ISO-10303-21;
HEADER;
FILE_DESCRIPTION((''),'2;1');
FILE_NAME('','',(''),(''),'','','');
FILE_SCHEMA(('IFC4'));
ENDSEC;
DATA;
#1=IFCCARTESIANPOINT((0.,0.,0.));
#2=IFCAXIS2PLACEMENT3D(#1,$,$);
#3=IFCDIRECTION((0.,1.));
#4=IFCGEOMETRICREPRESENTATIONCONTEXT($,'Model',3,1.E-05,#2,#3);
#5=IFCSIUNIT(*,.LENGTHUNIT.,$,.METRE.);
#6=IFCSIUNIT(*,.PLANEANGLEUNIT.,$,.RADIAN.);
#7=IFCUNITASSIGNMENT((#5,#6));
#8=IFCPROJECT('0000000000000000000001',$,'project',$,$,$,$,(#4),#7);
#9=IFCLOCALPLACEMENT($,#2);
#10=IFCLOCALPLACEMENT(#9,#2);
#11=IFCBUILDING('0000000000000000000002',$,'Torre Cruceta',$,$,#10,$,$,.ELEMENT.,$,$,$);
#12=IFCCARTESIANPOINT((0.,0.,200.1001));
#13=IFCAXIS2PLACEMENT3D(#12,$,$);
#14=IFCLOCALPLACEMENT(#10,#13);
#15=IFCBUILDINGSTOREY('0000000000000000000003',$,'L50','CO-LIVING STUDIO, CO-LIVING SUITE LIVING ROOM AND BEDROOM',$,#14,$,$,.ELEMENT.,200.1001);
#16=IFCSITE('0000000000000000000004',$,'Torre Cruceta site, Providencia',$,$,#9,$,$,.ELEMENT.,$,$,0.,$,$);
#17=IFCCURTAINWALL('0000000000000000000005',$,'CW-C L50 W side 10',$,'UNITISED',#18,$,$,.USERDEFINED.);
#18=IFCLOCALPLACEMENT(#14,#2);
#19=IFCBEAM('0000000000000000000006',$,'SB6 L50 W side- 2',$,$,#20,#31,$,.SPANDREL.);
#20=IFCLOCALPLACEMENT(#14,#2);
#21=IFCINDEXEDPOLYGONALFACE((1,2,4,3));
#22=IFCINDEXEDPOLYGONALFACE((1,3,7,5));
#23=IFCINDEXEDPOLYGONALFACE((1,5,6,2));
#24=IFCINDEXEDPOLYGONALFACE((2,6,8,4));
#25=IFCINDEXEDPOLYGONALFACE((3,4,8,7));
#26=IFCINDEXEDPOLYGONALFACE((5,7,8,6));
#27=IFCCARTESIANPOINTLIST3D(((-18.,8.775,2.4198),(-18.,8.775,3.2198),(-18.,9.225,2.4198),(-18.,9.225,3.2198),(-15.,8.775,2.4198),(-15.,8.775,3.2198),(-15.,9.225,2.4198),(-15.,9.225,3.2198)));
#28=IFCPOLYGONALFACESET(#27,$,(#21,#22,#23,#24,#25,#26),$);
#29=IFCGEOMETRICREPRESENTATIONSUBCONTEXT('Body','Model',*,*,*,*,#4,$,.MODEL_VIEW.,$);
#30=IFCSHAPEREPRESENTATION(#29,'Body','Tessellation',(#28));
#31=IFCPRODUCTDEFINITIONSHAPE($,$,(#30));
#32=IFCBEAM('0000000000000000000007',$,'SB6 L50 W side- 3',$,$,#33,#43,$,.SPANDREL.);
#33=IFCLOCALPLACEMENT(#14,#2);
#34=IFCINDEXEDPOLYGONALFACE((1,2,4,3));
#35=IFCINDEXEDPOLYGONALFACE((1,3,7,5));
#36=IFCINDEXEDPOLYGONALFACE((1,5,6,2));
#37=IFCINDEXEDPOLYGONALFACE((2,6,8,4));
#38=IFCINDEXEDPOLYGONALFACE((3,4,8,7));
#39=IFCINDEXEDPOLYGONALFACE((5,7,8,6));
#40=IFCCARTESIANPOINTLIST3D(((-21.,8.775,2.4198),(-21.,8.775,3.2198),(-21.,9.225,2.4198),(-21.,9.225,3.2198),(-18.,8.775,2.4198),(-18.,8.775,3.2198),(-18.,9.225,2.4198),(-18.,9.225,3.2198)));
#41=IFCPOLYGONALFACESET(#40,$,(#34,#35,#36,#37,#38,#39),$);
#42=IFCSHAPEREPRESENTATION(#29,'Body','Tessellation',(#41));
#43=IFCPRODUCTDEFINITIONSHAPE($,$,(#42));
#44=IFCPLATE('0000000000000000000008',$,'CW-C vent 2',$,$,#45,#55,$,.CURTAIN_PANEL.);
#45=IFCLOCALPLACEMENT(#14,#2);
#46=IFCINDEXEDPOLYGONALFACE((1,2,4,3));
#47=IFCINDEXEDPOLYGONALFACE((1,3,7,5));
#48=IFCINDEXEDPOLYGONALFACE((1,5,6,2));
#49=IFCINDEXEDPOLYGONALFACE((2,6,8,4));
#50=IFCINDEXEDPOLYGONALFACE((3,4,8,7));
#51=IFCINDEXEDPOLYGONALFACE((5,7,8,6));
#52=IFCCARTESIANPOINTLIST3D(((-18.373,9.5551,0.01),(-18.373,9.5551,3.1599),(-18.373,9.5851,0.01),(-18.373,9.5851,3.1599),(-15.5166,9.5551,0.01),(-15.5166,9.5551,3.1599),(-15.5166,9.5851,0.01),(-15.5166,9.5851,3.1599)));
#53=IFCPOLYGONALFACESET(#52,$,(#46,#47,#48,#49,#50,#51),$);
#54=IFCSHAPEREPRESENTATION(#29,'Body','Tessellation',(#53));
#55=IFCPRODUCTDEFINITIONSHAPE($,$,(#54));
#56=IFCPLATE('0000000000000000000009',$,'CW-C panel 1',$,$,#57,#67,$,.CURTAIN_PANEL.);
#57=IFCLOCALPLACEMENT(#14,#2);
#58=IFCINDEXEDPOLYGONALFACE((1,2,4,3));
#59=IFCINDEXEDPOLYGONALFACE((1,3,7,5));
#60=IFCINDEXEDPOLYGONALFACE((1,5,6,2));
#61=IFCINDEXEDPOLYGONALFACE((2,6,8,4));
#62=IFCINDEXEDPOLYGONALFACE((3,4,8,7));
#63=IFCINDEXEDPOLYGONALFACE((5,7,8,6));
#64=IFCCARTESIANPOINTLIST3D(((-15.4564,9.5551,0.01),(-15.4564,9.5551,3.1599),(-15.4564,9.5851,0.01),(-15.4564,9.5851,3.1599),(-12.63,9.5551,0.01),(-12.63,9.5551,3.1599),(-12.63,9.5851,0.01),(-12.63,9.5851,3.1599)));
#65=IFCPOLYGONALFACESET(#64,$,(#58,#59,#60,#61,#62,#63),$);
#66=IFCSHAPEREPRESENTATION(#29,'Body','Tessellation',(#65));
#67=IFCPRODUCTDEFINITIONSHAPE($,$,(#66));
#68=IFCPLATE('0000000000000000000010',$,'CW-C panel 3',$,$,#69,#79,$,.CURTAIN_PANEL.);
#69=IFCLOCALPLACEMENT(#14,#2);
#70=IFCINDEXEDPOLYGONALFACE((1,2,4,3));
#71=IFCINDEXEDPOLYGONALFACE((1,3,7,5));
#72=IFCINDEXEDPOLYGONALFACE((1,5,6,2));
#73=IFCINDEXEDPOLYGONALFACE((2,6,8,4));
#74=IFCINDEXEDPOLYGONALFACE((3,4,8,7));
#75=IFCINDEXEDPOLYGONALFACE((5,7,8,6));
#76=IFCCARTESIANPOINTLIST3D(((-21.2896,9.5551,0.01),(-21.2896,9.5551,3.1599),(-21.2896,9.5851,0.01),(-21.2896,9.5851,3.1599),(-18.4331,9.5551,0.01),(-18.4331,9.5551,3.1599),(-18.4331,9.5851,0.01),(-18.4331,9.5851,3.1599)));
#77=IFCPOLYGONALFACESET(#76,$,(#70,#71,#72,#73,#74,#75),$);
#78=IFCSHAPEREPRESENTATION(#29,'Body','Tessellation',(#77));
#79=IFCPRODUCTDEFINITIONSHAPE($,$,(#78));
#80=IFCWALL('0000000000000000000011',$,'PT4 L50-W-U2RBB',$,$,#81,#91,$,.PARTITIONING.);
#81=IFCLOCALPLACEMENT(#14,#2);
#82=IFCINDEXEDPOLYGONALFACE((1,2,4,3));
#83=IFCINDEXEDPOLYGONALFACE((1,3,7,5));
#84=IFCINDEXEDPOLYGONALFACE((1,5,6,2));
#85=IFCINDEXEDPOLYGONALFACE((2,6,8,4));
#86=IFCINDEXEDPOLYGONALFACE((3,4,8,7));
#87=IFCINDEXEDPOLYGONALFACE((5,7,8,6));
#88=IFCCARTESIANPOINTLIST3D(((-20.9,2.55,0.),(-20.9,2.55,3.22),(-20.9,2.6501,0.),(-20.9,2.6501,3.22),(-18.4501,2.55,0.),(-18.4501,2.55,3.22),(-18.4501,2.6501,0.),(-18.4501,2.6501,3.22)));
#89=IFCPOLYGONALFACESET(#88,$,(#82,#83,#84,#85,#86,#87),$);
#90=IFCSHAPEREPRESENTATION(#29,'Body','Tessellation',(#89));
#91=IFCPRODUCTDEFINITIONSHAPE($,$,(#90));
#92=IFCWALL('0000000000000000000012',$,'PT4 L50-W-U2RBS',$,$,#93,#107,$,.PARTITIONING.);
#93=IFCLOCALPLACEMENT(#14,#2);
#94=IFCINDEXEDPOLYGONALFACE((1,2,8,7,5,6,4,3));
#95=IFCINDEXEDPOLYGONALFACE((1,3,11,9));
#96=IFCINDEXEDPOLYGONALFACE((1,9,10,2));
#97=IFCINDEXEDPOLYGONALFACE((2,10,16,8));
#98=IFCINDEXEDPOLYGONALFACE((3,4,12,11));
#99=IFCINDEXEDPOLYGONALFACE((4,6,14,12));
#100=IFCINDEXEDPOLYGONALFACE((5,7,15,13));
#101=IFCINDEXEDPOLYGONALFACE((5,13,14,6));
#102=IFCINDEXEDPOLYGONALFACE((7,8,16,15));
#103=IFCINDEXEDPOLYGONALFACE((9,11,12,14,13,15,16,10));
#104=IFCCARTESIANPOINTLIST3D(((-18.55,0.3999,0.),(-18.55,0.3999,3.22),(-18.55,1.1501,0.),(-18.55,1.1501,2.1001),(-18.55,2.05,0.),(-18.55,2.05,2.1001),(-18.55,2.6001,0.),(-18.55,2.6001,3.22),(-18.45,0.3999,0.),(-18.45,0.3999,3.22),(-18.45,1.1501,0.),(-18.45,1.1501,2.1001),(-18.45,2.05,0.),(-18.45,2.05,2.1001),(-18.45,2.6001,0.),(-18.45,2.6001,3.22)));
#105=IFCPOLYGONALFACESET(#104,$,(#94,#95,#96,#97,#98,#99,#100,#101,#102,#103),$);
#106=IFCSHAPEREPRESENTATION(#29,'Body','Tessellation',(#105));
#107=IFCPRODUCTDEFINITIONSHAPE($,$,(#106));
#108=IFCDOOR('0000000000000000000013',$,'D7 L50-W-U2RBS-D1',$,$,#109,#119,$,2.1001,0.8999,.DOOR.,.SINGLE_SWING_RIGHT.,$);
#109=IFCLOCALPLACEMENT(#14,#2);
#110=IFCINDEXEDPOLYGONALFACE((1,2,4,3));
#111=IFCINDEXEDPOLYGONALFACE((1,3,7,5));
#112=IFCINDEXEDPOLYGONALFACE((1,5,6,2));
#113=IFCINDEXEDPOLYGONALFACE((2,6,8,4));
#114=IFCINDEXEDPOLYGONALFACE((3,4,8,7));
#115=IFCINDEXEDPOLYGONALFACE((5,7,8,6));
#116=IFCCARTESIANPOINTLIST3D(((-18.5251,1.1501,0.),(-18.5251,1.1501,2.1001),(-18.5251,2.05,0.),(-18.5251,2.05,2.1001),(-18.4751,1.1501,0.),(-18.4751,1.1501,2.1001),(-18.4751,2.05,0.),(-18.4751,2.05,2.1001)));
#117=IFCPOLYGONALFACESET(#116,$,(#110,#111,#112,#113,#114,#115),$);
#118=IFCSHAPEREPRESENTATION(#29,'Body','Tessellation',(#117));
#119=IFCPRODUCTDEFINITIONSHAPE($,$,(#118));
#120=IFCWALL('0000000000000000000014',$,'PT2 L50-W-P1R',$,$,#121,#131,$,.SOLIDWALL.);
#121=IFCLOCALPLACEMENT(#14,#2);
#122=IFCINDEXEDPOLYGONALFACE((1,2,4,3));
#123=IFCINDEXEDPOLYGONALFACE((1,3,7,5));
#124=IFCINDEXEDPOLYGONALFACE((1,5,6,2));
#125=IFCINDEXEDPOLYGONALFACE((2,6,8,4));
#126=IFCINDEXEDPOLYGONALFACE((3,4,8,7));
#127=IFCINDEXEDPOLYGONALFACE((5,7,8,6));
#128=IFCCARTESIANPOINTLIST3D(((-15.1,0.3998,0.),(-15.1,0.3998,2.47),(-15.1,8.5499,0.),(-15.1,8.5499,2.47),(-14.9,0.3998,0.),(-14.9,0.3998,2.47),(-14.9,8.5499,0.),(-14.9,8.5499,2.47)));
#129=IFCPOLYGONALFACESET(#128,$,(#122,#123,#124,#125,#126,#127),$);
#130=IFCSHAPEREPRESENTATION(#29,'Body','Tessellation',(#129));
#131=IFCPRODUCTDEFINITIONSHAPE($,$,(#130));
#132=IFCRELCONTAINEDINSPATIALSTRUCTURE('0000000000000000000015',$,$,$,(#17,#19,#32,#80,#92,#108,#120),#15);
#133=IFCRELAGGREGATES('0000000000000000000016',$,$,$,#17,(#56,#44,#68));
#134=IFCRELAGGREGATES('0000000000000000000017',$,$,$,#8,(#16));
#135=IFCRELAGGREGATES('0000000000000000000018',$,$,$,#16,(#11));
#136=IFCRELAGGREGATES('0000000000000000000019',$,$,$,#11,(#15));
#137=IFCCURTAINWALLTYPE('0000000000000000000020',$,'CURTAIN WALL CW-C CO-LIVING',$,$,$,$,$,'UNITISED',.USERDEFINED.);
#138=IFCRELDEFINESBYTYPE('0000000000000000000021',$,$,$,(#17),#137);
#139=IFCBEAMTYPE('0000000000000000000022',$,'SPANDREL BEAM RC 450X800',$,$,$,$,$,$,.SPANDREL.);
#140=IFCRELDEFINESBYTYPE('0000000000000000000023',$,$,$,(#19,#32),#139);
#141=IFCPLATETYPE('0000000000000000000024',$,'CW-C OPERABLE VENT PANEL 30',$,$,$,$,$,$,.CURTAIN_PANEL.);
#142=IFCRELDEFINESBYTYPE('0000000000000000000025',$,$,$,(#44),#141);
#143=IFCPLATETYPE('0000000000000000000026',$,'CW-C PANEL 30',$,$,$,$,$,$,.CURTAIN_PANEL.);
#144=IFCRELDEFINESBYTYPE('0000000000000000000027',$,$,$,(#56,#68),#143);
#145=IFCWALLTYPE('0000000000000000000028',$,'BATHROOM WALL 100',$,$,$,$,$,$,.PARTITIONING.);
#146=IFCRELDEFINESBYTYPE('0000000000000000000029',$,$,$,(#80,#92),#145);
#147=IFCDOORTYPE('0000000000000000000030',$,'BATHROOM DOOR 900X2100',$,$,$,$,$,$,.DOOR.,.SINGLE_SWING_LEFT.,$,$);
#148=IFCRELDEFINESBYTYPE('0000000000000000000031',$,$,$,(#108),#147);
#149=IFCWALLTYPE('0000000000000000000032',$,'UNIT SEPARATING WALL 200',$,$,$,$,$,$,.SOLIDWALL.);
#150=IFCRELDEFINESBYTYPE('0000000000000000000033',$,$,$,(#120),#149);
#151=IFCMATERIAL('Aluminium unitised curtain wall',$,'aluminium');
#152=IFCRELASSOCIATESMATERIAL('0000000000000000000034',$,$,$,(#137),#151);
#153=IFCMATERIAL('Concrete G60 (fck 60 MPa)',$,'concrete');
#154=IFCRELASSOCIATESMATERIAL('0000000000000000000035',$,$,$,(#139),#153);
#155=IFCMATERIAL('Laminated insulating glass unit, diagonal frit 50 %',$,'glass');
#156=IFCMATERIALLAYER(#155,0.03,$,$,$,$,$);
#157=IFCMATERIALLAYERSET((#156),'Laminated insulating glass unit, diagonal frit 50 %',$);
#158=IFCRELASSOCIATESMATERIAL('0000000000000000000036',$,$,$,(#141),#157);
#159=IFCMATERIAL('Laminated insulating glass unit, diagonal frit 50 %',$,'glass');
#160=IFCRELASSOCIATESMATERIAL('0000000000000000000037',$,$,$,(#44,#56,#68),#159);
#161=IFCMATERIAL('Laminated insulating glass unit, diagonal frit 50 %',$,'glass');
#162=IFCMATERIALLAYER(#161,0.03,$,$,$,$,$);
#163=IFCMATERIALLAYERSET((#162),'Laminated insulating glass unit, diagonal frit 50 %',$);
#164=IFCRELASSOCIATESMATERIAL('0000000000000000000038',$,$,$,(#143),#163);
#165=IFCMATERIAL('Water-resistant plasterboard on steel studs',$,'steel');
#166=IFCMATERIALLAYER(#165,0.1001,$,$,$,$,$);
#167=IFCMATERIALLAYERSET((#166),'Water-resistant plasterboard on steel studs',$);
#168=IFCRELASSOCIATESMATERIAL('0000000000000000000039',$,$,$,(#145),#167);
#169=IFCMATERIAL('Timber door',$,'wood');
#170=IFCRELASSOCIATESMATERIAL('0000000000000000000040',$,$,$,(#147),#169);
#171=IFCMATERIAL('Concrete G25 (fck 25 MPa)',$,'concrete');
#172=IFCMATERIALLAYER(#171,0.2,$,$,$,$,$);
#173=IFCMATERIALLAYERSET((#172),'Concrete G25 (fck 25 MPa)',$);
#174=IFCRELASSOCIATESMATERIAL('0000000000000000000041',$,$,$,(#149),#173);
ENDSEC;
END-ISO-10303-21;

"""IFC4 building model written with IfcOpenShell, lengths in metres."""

from ifc_helpers import new_model, si_unit, direction, frame, frame_2d, origin, origin_2d, place, context, subcontext, project, spatial, rectangle, extrude, material, layer, layer_set, material_profile, profile_set, type_object, element, fill, aggregate, save


model = new_model("IFC4")

# Units and contexts
model_context = context("Model", 3, precision=1e-05, world=origin(), true_north=direction((0.0, 1.0)))
body_context = subcontext(model_context, "Body", "Model", "MODEL_VIEW")
ifc_project = project(units=[si_unit("LENGTHUNIT", "METRE"), si_unit("PLANEANGLEUNIT", "RADIAN")], contexts=[model_context])

# Site, building, storey
site_placement = place(None, origin())
site = spatial("IfcSite", under=ifc_project, at=site_placement, Name="Torre Cruceta site, Providencia", CompositionType="ELEMENT", RefElevation=0.0)
building_placement = place(site_placement, origin())
building = spatial("IfcBuilding", under=site, at=building_placement, Name="Torre Cruceta", CompositionType="ELEMENT")
storey_placement = place(building_placement, frame((0.0, 0.0, 200.1001)))
storey = spatial("IfcBuildingStorey", under=building, at=storey_placement, Name="L50", Description="CO-LIVING STUDIO, CO-LIVING SUITE LIVING ROOM AND BEDROOM", CompositionType="ELEMENT", Elevation=200.1001)

# Curtain wall
ifc_material_1 = material(Name="Aluminium unitised curtain wall", Category="aluminium")
curtain_wall_type = type_object("IfcCurtainWallType", Name="CURTAIN WALL CW-C CO-LIVING", ElementType="UNITISED", PredefinedType="USERDEFINED", material=ifc_material_1)
curtain_wall_placement = place(storey_placement, origin())
curtain_wall = element("IfcCurtainWall", 1, at=curtain_wall_placement, inside=storey, type_object=curtain_wall_type, Name="CW-C L50 W side 10", ObjectType="UNITISED", PredefinedType="USERDEFINED")

# Beams
ifc_material_2 = material(Name="Concrete G60 (fck 60 MPa)", Category="concrete")
ifc_material_profile_1 = material_profile(ifc_material_2, rectangle(XDim=0.45, YDim=0.8, at=origin_2d()), Name="RC 450X800")
ifc_profile_set_1 = profile_set([ifc_material_profile_1], Name="Concrete G60 (fck 60 MPa)")
beam_type_1 = type_object("IfcBeamType", Name="SPANDREL BEAM RC 450X800", PredefinedType="SPANDREL", material=ifc_profile_set_1)
for number, where, z_axis, x_axis, name in (
    (2, (-15.0, 9.0, 2.8198), (-1.0, 0.0, 0.0), (0.0, -1.0, 0.0), "SB6 L50 W side- 2"),
    (3, (-18.0, 9.0, 2.8198), (-1.0, 0.0, 0.0), (0.0, -1.0, 0.0), "SB6 L50 W side- 3"),
):
    element("IfcBeam", number, at=place(storey_placement, frame(where, z_axis=z_axis, x_axis=x_axis)), inside=storey, type_object=beam_type_1, Name=name, PredefinedType="SPANDREL", context=body_context, shape_type="SweptSolid", body=[
        extrude(rectangle(XDim=0.45, YDim=0.8, at=origin_2d()), origin(), (0.0, 0.0, 1.0), 3.0),
    ])

# Plates
ifc_material_3 = material(Name="Laminated insulating glass unit, diagonal frit 50 %", Category="glass")
ifc_material_4 = material(Name="Laminated insulating glass unit, diagonal frit 50 %", Category="glass")
ifc_layer_1 = layer(ifc_material_4, 0.03)
ifc_layer_set_1 = layer_set([ifc_layer_1], Name="Laminated insulating glass unit, diagonal frit 50 %")
plate_type_1 = type_object("IfcPlateType", Name="CW-C OPERABLE VENT PANEL 30", PredefinedType="CURTAIN_PANEL", material=ifc_layer_set_1)
plate_1_placement = place(storey_placement, frame((-16.9448, 9.5701, 0.01), z_axis=(0.0, 0.0, 1.0), x_axis=(-1.0, 0.0, 0.0)))
plate_1 = element("IfcPlate", 4, at=plate_1_placement, type_object=plate_type_1, material=ifc_material_3, Name="CW-C vent 2", PredefinedType="CURTAIN_PANEL", context=body_context, shape_type="SweptSolid", body=[
    extrude(rectangle(XDim=2.8564, YDim=0.03, at=origin_2d()), origin(), (0.0, 0.0, 1.0), 3.1499),
])
ifc_material_5 = material(Name="Laminated insulating glass unit, diagonal frit 50 %", Category="glass")
ifc_layer_2 = layer(ifc_material_5, 0.03)
ifc_layer_set_2 = layer_set([ifc_layer_2], Name="Laminated insulating glass unit, diagonal frit 50 %")
plate_type_2 = type_object("IfcPlateType", Name="CW-C PANEL 30", PredefinedType="CURTAIN_PANEL", material=ifc_layer_set_2)
plate_2_placement = place(storey_placement, frame((-14.0432, 9.5701, 0.01), z_axis=(0.0, 0.0, 1.0), x_axis=(-1.0, 0.0, 0.0)))
plate_2 = element("IfcPlate", 5, at=plate_2_placement, type_object=plate_type_2, material=ifc_material_3, Name="CW-C panel 1", PredefinedType="CURTAIN_PANEL", context=body_context, shape_type="SweptSolid", body=[
    extrude(rectangle(XDim=2.8264, YDim=0.03, at=origin_2d()), origin(), (0.0, 0.0, 1.0), 3.1499),
])
plate_3_placement = place(storey_placement, frame((-19.8613, 9.5701, 0.01), z_axis=(0.0, 0.0, 1.0), x_axis=(-1.0, 0.0, 0.0)))
plate_3 = element("IfcPlate", 6, at=plate_3_placement, type_object=plate_type_2, material=ifc_material_3, Name="CW-C panel 3", PredefinedType="CURTAIN_PANEL", context=body_context, shape_type="SweptSolid", body=[
    extrude(rectangle(XDim=2.8564, YDim=0.03, at=origin_2d()), origin(), (0.0, 0.0, 1.0), 3.1499),
])
aggregate(curtain_wall, [plate_2, plate_1, plate_3])

# Wall
ifc_material_6 = material(Name="Water-resistant plasterboard on steel studs", Category="steel")
ifc_layer_3 = layer(ifc_material_6, 0.1001)
ifc_layer_set_3 = layer_set([ifc_layer_3], Name="Water-resistant plasterboard on steel studs")
wall_type_1 = type_object("IfcWallType", Name="BATHROOM WALL 100", PredefinedType="PARTITIONING", material=ifc_layer_set_3)
wall_1_placement = place(storey_placement, frame((-18.45, 2.6001, 0.0), z_axis=(0.0, 0.0, 1.0), x_axis=(-1.0, 0.0, 0.0)))
element("IfcWall", 7, at=wall_1_placement, inside=storey, type_object=wall_type_1, Name="PT4 L50-W-U2RBB", PredefinedType="PARTITIONING", context=body_context, shape_type="SweptSolid", body=[
    extrude(rectangle(XDim=2.45, YDim=0.1001, at=frame_2d((1.2251, 0.0))), origin(), (0.0, 0.0, 1.0), 3.22),
])

# Wall, opening, door
wall_2_placement = place(storey_placement, frame((-18.5, 2.6001, 0.0), z_axis=(0.0, 0.0, 1.0), x_axis=(0.0, -1.0, 0.0)))
wall_2 = element("IfcWall", 8, at=wall_2_placement, inside=storey, type_object=wall_type_1, Name="PT4 L50-W-U2RBS", PredefinedType="PARTITIONING", context=body_context, shape_type="SweptSolid", body=[
    extrude(rectangle(XDim=2.2002, YDim=0.1001, at=frame_2d((1.1001, 0.0))), origin(), (0.0, 0.0, 1.0), 3.22),
])
opening_placement = place(wall_2_placement, frame((0.55, 0.0, 0.0)))
opening = element("IfcOpeningElement", 9, at=opening_placement, cuts=wall_2, PredefinedType="OPENING", context=body_context, shape_type="SweptSolid", body=[
    extrude(rectangle(XDim=0.8999, YDim=2.1001, at=frame_2d((0.45, 1.05))), frame((0.0, 0.0601, 0.0), z_axis=(0.0, -1.0, 0.0), x_axis=(1.0, 0.0, 0.0)), (0.0, 0.0, 1.0), 0.1201),
])
ifc_material_7 = material(Name="Timber door", Category="wood")
door_type = type_object("IfcDoorType", Name="BATHROOM DOOR 900X2100", OperationType="SINGLE_SWING_LEFT", PredefinedType="DOOR", material=ifc_material_7)
door_placement = place(opening_placement, frame((0.8999, 0.0, 0.0), z_axis=(0.0, 0.0, 1.0), x_axis=(-1.0, 0.0, 0.0)))
door = element("IfcDoor", 10, at=door_placement, inside=storey, type_object=door_type, Name="D7 L50-W-U2RBS-D1", OperationType="SINGLE_SWING_RIGHT", OverallHeight=2.1001, OverallWidth=0.8999, PredefinedType="DOOR", context=body_context, shape_type="SweptSolid", body=[
    extrude(rectangle(XDim=0.8999, YDim=2.1001, at=frame_2d((0.45, 1.05))), frame((0.0, 0.0251, 0.0), z_axis=(0.0, -1.0, 0.0), x_axis=(1.0, 0.0, 0.0)), (0.0, 0.0, 1.0), 0.05),
])
fill(opening, door)

# Wall
ifc_material_8 = material(Name="Concrete G25 (fck 25 MPa)", Category="concrete")
ifc_layer_4 = layer(ifc_material_8, 0.2)
ifc_layer_set_4 = layer_set([ifc_layer_4], Name="Concrete G25 (fck 25 MPa)")
wall_type_2 = type_object("IfcWallType", Name="UNIT SEPARATING WALL 200", PredefinedType="SOLIDWALL", material=ifc_layer_set_4)
wall_3_placement = place(storey_placement, frame((-15.0, 8.55, 0.0), z_axis=(0.0, 0.0, 1.0), x_axis=(0.0, -1.0, 0.0)))
element("IfcWall", 11, at=wall_3_placement, inside=storey, type_object=wall_type_2, Name="PT2 L50-W-P1R", PredefinedType="SOLIDWALL", context=body_context, shape_type="SweptSolid", body=[
    extrude(rectangle(XDim=8.1501, YDim=0.2, at=frame_2d((4.0752, 0.0))), origin(), (0.0, 0.0, 1.0), 2.47),
])

save(model, "model.ifc")
